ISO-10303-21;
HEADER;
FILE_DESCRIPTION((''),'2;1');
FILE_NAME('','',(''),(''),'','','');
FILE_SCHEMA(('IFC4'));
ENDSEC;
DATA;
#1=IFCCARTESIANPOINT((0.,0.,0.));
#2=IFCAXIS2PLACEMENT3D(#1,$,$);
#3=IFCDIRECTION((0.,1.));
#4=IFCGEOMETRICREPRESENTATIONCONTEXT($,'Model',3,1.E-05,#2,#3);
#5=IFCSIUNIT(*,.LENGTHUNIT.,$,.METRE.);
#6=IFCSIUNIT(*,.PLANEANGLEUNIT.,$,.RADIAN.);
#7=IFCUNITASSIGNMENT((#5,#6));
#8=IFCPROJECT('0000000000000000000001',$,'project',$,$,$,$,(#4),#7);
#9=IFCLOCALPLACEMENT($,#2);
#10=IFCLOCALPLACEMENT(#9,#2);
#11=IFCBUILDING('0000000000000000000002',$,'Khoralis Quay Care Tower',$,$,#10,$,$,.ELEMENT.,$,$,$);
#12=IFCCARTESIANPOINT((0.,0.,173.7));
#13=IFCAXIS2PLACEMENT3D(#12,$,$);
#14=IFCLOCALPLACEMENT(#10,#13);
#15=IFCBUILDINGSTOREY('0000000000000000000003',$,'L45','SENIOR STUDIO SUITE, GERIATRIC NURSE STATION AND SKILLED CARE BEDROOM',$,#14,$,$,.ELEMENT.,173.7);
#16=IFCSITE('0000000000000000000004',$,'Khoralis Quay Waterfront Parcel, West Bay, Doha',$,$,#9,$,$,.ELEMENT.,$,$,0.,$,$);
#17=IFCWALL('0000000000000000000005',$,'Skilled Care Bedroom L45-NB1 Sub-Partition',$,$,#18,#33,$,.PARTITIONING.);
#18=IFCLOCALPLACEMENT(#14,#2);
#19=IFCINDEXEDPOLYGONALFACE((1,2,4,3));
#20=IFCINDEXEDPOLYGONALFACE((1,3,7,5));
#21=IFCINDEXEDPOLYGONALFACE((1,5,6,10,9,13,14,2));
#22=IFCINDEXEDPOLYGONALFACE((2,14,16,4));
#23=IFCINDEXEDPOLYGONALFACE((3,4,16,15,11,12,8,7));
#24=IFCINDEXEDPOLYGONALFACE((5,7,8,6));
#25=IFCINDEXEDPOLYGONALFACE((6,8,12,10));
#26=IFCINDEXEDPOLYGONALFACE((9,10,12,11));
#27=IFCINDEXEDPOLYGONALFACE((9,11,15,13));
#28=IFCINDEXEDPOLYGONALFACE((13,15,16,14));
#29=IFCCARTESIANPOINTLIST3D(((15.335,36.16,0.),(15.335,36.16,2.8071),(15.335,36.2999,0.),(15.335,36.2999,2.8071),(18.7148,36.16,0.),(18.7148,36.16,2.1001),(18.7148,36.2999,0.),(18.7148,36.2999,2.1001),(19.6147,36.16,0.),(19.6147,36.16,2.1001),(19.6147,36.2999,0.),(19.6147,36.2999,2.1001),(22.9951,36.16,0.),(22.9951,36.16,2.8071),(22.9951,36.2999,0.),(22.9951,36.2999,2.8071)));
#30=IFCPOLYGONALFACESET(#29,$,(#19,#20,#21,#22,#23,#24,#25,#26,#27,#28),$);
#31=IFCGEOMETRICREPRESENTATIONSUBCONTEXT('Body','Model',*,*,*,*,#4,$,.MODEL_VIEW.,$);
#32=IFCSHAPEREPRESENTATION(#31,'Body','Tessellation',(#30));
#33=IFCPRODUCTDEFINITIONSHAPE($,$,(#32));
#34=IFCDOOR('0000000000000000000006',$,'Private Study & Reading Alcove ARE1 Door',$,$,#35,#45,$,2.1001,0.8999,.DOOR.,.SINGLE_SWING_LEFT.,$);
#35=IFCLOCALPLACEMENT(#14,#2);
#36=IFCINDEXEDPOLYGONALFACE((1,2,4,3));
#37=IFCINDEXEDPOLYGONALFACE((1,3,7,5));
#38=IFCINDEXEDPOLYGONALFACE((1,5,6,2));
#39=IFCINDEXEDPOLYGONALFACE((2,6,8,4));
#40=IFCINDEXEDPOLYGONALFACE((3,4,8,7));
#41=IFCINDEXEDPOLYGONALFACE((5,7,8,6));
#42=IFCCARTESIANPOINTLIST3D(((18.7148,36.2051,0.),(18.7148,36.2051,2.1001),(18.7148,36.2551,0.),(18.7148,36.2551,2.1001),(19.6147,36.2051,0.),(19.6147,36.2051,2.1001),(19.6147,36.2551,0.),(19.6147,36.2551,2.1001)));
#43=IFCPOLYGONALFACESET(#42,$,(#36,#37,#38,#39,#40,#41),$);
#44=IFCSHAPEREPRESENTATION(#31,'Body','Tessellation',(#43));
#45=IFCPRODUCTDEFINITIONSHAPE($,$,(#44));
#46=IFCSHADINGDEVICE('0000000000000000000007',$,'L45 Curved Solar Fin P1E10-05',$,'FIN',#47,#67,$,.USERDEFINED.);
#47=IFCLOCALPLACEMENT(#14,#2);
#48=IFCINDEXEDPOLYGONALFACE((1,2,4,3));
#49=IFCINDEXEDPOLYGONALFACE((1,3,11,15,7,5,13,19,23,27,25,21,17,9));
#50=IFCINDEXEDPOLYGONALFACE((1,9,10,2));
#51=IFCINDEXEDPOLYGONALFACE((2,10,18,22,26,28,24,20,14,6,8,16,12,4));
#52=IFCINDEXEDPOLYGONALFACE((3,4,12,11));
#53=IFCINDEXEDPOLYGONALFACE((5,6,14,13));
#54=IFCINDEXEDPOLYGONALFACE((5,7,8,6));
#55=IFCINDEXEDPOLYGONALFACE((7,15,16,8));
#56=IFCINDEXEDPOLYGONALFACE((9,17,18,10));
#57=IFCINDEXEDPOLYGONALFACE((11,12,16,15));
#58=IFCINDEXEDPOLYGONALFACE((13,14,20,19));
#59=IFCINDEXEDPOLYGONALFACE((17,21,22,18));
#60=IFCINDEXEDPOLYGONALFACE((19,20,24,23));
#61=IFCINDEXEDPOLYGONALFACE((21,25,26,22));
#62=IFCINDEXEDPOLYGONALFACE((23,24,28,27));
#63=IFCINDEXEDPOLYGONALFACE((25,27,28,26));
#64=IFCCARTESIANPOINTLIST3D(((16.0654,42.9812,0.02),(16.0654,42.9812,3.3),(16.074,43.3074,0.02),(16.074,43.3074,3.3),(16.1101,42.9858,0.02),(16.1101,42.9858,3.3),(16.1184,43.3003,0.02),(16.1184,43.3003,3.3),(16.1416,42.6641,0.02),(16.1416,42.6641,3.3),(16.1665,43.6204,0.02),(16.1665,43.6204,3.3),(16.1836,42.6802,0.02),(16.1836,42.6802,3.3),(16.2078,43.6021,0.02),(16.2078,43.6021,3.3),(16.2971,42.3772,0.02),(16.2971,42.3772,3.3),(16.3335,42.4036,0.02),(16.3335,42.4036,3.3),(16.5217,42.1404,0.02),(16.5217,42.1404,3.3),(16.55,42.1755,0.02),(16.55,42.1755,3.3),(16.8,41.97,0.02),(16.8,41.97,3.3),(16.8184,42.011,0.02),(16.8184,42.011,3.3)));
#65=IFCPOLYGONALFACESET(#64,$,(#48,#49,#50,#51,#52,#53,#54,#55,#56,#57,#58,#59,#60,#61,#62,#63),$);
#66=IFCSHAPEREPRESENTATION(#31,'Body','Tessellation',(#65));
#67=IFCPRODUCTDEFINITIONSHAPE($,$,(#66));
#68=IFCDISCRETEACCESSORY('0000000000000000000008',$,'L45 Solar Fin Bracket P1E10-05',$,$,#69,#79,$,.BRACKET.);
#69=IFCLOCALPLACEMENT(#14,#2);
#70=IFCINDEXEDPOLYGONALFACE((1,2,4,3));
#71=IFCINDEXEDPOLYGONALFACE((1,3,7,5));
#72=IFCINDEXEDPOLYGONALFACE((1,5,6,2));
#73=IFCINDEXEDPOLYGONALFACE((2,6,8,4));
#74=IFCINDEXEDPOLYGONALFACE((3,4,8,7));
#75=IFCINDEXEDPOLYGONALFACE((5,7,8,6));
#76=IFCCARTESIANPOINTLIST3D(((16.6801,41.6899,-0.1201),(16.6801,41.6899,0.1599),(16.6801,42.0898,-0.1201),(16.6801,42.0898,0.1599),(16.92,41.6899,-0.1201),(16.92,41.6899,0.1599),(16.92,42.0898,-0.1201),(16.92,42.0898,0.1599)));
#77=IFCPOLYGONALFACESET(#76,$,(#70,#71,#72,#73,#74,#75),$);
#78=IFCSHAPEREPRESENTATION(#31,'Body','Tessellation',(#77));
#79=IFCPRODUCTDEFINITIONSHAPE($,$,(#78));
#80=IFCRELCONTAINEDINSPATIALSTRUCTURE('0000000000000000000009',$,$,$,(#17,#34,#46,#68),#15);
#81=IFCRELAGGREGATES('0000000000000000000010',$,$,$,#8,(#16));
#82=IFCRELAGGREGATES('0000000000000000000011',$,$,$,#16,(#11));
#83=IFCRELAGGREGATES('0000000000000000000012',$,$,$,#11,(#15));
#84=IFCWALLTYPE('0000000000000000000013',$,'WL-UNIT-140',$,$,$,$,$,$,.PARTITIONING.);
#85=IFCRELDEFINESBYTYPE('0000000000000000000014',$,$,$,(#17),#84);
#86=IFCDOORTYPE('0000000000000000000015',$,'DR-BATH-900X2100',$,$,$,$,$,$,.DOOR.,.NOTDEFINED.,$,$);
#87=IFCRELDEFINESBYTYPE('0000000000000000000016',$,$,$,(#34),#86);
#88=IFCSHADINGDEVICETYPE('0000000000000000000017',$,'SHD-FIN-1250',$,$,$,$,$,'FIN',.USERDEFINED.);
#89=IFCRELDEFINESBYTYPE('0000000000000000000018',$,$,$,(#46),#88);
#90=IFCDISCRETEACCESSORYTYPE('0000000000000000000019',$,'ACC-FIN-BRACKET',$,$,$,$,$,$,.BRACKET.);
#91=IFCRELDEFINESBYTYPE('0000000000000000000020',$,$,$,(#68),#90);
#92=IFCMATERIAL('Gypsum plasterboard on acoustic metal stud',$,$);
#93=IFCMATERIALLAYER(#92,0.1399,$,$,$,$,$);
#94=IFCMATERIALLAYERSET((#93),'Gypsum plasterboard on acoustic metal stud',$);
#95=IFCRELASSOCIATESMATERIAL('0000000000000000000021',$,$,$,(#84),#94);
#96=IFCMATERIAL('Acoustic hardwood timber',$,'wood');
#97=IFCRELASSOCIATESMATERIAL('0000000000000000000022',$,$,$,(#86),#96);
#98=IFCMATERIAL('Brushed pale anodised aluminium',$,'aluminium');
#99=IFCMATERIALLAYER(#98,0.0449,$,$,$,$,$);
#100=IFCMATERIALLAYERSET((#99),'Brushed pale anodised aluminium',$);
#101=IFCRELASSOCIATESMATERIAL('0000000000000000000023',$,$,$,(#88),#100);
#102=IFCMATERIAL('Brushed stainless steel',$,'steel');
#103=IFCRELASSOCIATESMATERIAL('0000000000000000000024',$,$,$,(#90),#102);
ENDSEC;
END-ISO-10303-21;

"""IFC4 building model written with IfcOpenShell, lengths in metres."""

from ifc_helpers import new_model, si_unit, direction, frame, frame_2d, origin, origin_2d, place, context, subcontext, project, spatial, polyline, rectangle, outline, extrude, source, transform, mapped, material, layer, layer_set, type_object, element, fill, save


model = new_model("IFC4")

# Units and contexts
model_context = context("Model", 3, precision=1e-05, world=origin(), true_north=direction((0.0, 1.0)))
body_context = subcontext(model_context, "Body", "Model", "MODEL_VIEW")
ifc_project = project(units=[si_unit("LENGTHUNIT", "METRE"), si_unit("PLANEANGLEUNIT", "RADIAN")], contexts=[model_context])

# Site, building, storey
site_placement = place(None, origin())
site = spatial("IfcSite", under=ifc_project, at=site_placement, Name="Khoralis Quay Waterfront Parcel, West Bay, Doha", CompositionType="ELEMENT", RefElevation=0.0)
building_placement = place(site_placement, origin())
building = spatial("IfcBuilding", under=site, at=building_placement, Name="Khoralis Quay Care Tower", CompositionType="ELEMENT")
storey_placement = place(building_placement, frame((0.0, 0.0, 173.7)))
storey = spatial("IfcBuildingStorey", under=building, at=storey_placement, Name="L45", Description="SENIOR STUDIO SUITE, GERIATRIC NURSE STATION AND SKILLED CARE BEDROOM", CompositionType="ELEMENT", Elevation=173.7)

# Wall, opening, door
ifc_material_1 = material(Name="Gypsum plasterboard on acoustic metal stud")
ifc_layer_1 = layer(ifc_material_1, 0.1399)
ifc_layer_set_1 = layer_set([ifc_layer_1], Name="Gypsum plasterboard on acoustic metal stud")
wall_type_1 = type_object("IfcWallType", Name="WL-UNIT-140", PredefinedType="PARTITIONING", material=ifc_layer_set_1)
wall_1_placement = place(storey_placement, frame((15.335, 36.23, 0.0), z_axis=(0.0, 0.0, 1.0), x_axis=(1.0, 0.0, 0.0)))
wall_1 = element("IfcWall", 1, at=wall_1_placement, inside=storey, type_object=wall_type_1, Name="Skilled Care Bedroom L45-NB1 Sub-Partition", PredefinedType="PARTITIONING", context=body_context, shape_type="SweptSolid", body=[
    extrude(rectangle(XDim=7.6602, YDim=0.1399, at=frame_2d((3.8301, 0.0))), origin(), (0.0, 0.0, 1.0), 2.8071),
])
opening_1_placement = place(wall_1_placement, frame((3.3799, 0.0, 0.0)))
opening_1 = element("IfcOpeningElement", 2, at=opening_1_placement, cuts=wall_1, PredefinedType="OPENING", context=body_context, shape_type="SweptSolid", body=[
    extrude(rectangle(XDim=0.8999, YDim=2.1001, at=frame_2d((0.45, 1.05))), frame((0.0, 0.0801, 0.0), z_axis=(0.0, -1.0, 0.0), x_axis=(1.0, 0.0, 0.0)), (0.0, 0.0, 1.0), 0.1599),
])
ifc_material_2 = material(Name="Acoustic hardwood timber", Category="wood")
door_type = type_object("IfcDoorType", Name="DR-BATH-900X2100", OperationType="NOTDEFINED", PredefinedType="DOOR", material=ifc_material_2)
shared_shape_1 = source(origin(), body_context, "Body", "SweptSolid", [
    extrude(rectangle(XDim=0.8999, YDim=2.1001, at=frame_2d((0.45, 1.05))), frame((0.0, 0.0249, 0.0), z_axis=(0.0, -1.0, 0.0), x_axis=(1.0, 0.0, 0.0)), (0.0, 0.0, 1.0), 0.05),
])
door_placement = place(opening_1_placement, frame((0.8999, 0.0, 0.0), z_axis=(0.0, 0.0, 1.0), x_axis=(-1.0, 0.0, 0.0)))
door = element("IfcDoor", 3, at=door_placement, inside=storey, type_object=door_type, Name="Private Study & Reading Alcove ARE1 Door", OperationType="SINGLE_SWING_LEFT", OverallHeight=2.1001, OverallWidth=0.8999, PredefinedType="DOOR", context=body_context, shape_type="MappedRepresentation", body=[
    mapped(shared_shape_1, transform((0.0, 0.0, 0.0), scale=1.0)),
])
fill(opening_1, door)

# Shading device
ifc_material_3 = material(Name="Brushed pale anodised aluminium", Category="aluminium")
ifc_layer_2 = layer(ifc_material_3, 0.0449)
ifc_layer_set_2 = layer_set([ifc_layer_2], Name="Brushed pale anodised aluminium")
shading_device_type = type_object("IfcShadingDeviceType", Name="SHD-FIN-1250", ElementType="FIN", PredefinedType="USERDEFINED", material=ifc_layer_set_2)
shared_shape_2 = source(origin(), body_context, "Body", "SweptSolid", [
    extrude(outline(polyline([(0.0, 0.0), (0.1704, 0.2783), (0.4072, 0.5029), (0.6941, 0.6584), (1.0112, 0.7346), (1.3374, 0.7261), (1.6504, 0.6335), (1.6321, 0.5923), (1.3303, 0.6816), (1.0159, 0.6899), (0.7102, 0.6165), (0.4336, 0.4666), (0.2056, 0.25), (0.041, -0.0183), (0.0, 0.0)])), origin(), (0.0, 0.0, 1.0), 3.28),
])
shading_device_placement = place(storey_placement, frame((16.8, 41.97, 0.02), z_axis=(0.0, 0.0, 1.0), x_axis=(0.0, 1.0, 0.0)))
element("IfcShadingDevice", 4, at=shading_device_placement, inside=storey, type_object=shading_device_type, Name="L45 Curved Solar Fin P1E10-05", ObjectType="FIN", PredefinedType="USERDEFINED", context=body_context, shape_type="MappedRepresentation", body=[
    mapped(shared_shape_2, transform((0.0, 0.0, 0.0), scale=1.0)),
])

# Discrete accessory
ifc_material_4 = material(Name="Brushed stainless steel", Category="steel")
discrete_accessory_type = type_object("IfcDiscreteAccessoryType", Name="ACC-FIN-BRACKET", PredefinedType="BRACKET", material=ifc_material_4)
shared_shape_3 = source(origin(), body_context, "Body", "SweptSolid", [
    extrude(rectangle(XDim=0.3999, YDim=0.24, at=origin_2d()), origin(), (0.0, 0.0, 1.0), 0.28),
])
discrete_accessory_placement = place(storey_placement, frame((16.8, 41.8899, -0.1201), z_axis=(0.0, 0.0, 1.0), x_axis=(0.0, 1.0, 0.0)))
element("IfcDiscreteAccessory", 5, at=discrete_accessory_placement, inside=storey, type_object=discrete_accessory_type, Name="L45 Solar Fin Bracket P1E10-05", PredefinedType="BRACKET", context=body_context, shape_type="MappedRepresentation", body=[
    mapped(shared_shape_3, transform((0.0, 0.0, 0.0), scale=1.0)),
])

save(model, "model.ifc")
